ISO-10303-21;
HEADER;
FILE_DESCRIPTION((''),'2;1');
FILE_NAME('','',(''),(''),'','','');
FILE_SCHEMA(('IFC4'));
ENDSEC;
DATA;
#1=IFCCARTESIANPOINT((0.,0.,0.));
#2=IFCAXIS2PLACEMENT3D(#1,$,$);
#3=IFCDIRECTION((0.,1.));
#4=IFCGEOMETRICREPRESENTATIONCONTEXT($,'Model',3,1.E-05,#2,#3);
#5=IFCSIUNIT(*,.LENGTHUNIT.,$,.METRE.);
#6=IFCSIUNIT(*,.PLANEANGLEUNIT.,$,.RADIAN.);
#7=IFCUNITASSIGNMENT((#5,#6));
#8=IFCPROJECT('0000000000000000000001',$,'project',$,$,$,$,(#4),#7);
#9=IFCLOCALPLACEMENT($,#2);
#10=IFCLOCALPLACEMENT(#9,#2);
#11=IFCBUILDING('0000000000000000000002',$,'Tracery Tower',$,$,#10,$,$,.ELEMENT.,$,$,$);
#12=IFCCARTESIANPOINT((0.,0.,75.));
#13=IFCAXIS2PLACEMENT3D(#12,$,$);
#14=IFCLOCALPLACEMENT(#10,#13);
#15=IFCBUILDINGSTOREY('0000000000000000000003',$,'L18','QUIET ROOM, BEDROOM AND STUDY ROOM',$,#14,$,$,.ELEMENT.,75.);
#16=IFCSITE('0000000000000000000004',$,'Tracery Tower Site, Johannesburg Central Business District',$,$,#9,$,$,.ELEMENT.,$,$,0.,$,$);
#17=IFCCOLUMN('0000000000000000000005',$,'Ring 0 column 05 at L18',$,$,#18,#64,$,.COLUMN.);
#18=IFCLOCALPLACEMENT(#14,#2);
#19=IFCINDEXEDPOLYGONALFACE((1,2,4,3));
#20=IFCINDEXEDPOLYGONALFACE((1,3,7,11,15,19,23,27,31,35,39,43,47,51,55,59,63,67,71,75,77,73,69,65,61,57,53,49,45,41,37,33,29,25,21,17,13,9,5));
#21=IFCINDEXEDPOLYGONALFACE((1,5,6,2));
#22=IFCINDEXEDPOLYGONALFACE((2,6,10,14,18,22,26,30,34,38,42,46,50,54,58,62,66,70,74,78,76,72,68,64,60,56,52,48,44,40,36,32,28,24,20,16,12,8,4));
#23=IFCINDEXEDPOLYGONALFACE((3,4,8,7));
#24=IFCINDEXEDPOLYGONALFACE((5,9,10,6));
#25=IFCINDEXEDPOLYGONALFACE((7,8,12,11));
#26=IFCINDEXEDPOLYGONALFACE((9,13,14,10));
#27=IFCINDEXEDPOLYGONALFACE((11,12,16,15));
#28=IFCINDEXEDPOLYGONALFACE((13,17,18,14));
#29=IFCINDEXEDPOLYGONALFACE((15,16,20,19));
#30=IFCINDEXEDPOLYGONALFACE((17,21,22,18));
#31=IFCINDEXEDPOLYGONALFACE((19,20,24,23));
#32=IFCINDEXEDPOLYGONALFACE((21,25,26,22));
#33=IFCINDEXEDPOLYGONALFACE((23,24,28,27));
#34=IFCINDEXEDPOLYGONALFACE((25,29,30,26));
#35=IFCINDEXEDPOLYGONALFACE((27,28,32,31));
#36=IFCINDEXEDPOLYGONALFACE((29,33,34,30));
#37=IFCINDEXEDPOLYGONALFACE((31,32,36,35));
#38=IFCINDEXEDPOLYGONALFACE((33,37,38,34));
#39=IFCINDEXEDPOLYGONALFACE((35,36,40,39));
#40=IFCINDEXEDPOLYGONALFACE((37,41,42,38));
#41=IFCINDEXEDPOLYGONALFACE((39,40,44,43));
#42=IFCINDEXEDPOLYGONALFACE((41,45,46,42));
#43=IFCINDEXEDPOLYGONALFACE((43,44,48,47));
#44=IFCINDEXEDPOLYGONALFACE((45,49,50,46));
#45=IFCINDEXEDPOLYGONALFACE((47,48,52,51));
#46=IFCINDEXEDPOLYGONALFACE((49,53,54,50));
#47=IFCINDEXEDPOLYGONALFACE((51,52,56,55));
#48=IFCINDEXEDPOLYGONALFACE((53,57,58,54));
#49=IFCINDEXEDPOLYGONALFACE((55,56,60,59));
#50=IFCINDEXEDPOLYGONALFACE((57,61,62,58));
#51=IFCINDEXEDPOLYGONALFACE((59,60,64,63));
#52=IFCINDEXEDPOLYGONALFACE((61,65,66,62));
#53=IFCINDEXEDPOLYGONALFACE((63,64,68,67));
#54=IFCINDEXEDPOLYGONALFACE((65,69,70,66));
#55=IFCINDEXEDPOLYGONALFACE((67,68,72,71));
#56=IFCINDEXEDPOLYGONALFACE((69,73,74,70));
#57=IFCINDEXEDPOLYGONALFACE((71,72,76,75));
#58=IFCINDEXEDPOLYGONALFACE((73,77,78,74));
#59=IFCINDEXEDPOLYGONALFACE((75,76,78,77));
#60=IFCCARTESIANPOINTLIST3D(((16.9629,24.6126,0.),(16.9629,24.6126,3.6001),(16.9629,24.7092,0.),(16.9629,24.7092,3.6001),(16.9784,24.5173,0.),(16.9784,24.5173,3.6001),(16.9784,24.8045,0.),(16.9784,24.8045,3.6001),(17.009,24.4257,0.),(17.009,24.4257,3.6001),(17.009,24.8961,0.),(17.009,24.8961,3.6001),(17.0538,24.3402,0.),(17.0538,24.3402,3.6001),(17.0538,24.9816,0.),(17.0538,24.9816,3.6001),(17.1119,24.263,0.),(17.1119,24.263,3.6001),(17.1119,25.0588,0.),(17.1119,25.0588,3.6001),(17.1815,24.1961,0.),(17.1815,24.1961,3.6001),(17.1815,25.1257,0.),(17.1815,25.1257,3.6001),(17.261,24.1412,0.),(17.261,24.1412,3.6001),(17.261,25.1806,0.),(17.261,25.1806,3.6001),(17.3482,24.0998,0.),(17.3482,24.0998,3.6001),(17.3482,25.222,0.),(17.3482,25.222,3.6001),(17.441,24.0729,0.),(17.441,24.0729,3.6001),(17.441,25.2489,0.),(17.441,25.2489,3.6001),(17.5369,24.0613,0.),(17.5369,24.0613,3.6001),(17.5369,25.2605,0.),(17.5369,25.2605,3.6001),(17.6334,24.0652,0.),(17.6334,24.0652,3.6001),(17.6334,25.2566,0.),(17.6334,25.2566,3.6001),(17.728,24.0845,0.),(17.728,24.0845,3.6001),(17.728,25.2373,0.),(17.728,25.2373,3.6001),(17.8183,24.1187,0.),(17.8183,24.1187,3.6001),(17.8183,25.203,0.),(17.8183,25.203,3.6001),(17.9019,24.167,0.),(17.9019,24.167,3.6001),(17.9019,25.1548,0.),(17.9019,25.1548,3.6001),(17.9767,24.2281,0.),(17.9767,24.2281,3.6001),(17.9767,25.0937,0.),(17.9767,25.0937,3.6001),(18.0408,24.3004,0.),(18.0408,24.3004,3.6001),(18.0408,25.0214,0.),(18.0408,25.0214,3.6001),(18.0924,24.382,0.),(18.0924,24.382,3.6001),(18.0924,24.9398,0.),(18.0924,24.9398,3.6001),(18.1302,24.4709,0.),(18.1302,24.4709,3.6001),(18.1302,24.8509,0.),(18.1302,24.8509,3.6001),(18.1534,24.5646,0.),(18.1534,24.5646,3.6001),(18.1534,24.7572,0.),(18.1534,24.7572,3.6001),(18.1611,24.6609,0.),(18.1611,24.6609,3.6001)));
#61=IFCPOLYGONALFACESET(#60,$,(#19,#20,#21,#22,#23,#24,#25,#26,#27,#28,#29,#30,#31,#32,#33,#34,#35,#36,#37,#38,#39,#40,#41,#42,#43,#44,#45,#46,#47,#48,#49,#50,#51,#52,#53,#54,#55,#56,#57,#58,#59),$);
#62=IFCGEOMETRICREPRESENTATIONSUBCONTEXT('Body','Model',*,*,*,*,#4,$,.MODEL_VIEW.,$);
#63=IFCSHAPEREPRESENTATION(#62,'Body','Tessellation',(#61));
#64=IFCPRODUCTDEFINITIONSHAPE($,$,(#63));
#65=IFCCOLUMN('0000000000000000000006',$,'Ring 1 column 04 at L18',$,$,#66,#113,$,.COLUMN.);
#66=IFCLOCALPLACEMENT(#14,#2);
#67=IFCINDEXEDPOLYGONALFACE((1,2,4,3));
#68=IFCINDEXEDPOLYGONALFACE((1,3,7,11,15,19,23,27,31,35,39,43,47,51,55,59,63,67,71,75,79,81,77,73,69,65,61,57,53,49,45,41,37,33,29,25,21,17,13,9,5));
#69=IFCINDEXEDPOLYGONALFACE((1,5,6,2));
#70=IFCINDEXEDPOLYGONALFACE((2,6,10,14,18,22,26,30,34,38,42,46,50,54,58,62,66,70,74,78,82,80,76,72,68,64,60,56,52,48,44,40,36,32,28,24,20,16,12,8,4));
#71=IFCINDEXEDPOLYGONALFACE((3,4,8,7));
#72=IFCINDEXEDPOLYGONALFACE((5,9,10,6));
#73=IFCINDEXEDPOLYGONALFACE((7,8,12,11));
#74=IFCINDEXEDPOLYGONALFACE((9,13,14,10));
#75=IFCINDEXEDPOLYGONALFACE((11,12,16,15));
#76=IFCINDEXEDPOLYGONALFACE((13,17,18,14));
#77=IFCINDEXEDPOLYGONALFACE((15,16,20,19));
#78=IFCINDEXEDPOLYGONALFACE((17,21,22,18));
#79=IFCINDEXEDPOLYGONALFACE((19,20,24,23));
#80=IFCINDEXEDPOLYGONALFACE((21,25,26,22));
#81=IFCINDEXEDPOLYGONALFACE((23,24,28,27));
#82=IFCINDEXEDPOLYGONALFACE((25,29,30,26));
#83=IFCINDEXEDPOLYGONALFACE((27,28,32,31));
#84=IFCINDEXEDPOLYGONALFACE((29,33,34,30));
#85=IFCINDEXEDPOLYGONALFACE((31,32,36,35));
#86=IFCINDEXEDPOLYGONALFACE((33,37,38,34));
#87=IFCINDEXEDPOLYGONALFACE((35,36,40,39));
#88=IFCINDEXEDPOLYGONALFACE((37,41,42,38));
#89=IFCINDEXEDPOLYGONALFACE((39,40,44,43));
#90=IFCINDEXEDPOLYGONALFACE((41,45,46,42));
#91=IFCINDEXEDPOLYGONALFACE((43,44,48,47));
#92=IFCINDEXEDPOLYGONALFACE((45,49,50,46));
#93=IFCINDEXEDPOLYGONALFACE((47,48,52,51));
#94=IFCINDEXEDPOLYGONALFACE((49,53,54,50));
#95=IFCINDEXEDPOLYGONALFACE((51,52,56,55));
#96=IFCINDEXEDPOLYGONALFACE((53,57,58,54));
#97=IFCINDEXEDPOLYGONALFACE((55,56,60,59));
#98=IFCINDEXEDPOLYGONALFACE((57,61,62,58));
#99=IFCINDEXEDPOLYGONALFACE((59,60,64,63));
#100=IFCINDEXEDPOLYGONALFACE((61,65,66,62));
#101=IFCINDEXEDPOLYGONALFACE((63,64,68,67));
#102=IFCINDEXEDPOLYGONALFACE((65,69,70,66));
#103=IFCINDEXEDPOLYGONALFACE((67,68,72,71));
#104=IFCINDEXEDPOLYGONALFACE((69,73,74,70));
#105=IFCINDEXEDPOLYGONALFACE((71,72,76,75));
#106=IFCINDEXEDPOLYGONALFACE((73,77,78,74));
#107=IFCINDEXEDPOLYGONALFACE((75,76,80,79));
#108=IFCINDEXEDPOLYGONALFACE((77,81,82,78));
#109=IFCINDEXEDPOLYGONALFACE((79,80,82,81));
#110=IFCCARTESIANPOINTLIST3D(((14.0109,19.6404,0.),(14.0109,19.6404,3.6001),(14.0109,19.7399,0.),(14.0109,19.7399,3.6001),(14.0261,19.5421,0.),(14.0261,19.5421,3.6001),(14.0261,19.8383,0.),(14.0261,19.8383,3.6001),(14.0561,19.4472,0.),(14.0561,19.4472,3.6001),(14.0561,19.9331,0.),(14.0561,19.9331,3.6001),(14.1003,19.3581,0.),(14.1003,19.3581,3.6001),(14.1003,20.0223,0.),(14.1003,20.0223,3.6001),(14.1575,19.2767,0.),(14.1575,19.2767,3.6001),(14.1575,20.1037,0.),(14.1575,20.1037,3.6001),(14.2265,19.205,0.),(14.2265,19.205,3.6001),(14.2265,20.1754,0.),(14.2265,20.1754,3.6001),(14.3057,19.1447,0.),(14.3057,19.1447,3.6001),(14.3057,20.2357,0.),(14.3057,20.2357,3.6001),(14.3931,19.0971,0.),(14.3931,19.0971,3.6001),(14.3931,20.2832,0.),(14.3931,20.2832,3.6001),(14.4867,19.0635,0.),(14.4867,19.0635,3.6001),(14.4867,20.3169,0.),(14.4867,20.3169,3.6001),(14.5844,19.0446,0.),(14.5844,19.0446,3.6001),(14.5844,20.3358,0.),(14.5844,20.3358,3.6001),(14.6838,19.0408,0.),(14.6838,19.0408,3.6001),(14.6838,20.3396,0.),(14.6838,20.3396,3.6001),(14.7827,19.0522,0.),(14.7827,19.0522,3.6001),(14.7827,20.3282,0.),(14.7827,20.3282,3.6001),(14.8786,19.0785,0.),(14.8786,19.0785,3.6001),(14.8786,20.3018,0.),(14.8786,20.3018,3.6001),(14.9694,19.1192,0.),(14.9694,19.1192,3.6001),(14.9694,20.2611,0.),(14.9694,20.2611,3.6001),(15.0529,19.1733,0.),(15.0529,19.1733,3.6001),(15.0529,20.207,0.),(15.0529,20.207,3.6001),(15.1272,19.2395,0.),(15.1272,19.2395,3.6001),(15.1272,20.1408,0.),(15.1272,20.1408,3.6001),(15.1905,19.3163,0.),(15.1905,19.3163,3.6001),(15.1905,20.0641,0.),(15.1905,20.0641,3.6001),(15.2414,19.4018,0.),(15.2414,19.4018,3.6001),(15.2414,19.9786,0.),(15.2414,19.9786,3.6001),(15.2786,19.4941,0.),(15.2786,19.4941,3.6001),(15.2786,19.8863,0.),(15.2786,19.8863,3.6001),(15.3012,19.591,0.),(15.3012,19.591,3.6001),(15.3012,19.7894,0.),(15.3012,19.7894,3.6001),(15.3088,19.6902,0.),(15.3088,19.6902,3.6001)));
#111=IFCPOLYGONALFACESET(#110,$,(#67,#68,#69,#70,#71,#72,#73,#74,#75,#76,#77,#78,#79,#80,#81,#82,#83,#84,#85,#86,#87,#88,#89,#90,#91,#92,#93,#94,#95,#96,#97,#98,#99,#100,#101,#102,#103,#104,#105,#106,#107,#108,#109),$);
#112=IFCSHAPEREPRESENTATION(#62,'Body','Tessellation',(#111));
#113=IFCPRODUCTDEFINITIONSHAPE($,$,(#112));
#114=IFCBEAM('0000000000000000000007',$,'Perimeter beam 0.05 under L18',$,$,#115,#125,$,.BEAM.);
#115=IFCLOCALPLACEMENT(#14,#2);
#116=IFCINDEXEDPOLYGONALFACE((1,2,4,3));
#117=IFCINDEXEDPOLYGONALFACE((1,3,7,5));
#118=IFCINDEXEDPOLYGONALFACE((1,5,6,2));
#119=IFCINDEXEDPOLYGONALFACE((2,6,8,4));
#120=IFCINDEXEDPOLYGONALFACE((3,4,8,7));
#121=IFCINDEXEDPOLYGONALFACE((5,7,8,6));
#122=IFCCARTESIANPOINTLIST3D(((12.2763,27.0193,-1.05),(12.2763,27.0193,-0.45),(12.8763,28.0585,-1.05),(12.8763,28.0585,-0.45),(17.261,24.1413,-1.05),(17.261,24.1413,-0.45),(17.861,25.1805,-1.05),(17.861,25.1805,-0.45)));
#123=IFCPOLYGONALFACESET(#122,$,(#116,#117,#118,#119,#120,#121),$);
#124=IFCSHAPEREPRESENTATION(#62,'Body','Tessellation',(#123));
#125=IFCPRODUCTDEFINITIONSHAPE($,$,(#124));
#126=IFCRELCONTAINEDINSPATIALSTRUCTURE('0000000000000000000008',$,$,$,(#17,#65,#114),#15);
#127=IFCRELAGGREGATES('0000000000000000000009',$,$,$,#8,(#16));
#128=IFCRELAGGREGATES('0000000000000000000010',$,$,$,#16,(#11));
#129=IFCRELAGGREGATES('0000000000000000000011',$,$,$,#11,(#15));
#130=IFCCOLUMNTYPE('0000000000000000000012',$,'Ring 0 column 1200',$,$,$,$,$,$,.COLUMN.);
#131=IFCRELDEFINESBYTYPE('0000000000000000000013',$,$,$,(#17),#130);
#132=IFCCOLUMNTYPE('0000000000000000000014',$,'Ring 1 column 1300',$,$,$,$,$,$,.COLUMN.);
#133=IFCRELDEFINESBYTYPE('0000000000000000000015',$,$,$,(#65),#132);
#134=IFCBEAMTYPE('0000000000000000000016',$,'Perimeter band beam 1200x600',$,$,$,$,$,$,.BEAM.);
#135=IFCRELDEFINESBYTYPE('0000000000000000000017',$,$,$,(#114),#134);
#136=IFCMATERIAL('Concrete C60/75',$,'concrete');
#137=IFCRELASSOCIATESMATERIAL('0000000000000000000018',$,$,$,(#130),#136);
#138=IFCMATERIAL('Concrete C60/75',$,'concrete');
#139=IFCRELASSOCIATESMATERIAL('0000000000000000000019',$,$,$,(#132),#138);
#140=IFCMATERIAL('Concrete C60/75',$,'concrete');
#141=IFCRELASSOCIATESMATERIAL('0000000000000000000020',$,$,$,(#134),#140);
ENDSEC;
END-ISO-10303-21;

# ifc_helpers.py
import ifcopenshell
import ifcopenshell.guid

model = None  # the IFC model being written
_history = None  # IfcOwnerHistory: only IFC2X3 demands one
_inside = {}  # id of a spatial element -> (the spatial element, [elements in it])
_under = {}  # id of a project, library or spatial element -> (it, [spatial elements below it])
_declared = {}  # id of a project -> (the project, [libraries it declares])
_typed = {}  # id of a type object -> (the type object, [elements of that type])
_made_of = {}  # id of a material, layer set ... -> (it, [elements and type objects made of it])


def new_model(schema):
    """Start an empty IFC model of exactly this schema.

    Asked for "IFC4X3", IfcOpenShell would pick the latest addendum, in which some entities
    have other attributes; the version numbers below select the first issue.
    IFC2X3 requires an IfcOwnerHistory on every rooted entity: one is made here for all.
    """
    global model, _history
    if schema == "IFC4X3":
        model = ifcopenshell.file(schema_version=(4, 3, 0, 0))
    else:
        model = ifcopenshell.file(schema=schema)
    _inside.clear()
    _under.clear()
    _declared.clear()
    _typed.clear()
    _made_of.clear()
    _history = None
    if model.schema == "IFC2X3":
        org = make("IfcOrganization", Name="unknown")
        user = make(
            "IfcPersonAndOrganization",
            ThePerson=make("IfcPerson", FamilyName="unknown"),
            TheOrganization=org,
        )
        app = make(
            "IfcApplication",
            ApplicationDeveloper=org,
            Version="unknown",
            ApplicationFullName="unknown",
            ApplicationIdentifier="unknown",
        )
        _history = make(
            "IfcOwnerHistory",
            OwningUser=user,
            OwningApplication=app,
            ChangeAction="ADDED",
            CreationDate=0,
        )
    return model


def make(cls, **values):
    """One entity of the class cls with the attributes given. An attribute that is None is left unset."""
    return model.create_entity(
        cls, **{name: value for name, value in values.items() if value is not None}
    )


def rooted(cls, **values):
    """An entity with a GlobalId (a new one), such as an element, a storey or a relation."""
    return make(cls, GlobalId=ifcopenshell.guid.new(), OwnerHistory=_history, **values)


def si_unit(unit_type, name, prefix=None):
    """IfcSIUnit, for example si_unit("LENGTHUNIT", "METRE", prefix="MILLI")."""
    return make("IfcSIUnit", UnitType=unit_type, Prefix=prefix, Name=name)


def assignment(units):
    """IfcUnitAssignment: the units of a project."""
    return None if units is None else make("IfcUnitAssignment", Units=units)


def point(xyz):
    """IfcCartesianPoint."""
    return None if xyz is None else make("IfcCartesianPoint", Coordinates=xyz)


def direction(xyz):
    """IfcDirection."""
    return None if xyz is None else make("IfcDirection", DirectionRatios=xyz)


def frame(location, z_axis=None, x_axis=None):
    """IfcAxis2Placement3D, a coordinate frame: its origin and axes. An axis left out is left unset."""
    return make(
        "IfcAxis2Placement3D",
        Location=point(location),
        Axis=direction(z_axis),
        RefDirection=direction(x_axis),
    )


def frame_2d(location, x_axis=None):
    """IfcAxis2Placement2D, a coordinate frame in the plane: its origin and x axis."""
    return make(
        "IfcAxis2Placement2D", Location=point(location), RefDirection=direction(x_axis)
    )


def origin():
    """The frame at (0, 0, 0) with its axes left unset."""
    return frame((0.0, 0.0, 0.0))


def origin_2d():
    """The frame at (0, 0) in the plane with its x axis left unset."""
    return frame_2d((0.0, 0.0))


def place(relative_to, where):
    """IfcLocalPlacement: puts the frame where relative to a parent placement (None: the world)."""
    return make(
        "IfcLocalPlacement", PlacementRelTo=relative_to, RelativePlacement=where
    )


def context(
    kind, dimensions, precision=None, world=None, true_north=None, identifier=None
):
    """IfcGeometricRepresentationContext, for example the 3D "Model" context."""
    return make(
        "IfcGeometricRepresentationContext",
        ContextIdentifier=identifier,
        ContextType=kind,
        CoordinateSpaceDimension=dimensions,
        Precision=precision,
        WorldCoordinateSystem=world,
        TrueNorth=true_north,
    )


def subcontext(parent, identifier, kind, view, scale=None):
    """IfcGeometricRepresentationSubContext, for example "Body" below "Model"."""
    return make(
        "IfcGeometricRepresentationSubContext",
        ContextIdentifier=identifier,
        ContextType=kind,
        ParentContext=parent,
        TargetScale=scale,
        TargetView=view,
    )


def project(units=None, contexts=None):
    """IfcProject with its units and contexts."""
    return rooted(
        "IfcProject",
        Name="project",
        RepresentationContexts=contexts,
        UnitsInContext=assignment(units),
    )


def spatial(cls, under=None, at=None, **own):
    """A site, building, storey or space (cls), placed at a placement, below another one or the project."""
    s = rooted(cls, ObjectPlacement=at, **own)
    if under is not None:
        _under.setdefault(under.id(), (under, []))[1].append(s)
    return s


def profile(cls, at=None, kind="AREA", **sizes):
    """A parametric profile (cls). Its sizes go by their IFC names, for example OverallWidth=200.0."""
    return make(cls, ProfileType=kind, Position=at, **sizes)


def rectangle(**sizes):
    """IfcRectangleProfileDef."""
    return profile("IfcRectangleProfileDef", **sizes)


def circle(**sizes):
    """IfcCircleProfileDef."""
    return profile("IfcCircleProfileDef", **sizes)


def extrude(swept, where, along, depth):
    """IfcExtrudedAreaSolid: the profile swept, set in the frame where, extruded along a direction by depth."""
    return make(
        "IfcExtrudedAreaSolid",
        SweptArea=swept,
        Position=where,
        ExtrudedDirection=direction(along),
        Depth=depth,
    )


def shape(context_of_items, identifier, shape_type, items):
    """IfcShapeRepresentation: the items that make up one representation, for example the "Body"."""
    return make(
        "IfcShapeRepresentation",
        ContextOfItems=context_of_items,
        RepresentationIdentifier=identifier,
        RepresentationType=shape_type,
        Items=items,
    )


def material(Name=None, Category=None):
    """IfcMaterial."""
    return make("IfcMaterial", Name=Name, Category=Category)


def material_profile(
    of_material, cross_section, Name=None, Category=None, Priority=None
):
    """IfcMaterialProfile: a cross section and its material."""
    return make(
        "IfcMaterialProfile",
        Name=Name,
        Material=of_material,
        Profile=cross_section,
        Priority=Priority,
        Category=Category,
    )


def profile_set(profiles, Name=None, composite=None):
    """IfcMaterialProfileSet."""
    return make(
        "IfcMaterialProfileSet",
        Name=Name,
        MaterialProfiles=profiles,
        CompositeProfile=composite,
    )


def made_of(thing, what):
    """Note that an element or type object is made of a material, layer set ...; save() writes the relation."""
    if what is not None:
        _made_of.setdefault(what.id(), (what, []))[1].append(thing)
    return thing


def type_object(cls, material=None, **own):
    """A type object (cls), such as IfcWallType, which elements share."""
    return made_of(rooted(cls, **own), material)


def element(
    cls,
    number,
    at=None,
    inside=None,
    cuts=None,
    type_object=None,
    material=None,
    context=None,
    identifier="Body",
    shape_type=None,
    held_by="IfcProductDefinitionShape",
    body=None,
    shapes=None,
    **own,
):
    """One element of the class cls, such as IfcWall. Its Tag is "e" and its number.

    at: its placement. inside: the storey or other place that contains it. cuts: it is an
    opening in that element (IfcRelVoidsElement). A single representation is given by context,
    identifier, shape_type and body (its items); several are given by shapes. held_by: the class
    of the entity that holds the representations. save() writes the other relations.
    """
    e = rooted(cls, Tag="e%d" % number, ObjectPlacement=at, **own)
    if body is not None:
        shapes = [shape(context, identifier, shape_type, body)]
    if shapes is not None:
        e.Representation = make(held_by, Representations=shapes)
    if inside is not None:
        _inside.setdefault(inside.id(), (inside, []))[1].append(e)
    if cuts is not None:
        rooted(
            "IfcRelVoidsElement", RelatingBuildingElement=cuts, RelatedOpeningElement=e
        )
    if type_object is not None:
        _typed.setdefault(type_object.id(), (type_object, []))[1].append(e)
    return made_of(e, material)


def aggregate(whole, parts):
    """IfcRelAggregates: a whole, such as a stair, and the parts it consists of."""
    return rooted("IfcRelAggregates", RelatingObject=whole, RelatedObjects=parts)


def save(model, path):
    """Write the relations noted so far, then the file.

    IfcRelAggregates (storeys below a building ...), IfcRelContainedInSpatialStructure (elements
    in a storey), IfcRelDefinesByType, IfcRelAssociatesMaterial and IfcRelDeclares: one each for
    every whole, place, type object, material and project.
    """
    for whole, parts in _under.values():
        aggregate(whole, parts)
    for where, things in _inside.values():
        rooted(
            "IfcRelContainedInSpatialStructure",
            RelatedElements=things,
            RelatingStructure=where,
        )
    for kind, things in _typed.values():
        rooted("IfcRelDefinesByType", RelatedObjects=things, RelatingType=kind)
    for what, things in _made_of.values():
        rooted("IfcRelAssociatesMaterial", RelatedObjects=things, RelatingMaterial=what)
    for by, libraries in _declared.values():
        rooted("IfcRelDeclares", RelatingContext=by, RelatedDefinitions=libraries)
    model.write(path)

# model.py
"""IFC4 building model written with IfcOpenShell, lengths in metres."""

from ifc_helpers import new_model, si_unit, direction, frame, origin, origin_2d, place, context, subcontext, project, spatial, rectangle, circle, extrude, material, material_profile, profile_set, type_object, element, save


model = new_model("IFC4")

# Units and contexts
model_context = context("Model", 3, precision=1e-05, world=origin(), true_north=direction((0.0, 1.0)))
body_context = subcontext(model_context, "Body", "Model", "MODEL_VIEW")
ifc_project = project(units=[si_unit("LENGTHUNIT", "METRE"), si_unit("PLANEANGLEUNIT", "RADIAN")], contexts=[model_context])

# Site, building, storey
site_placement = place(None, origin())
site = spatial("IfcSite", under=ifc_project, at=site_placement, Name="Tracery Tower Site, Johannesburg Central Business District", CompositionType="ELEMENT", RefElevation=0.0)
building_placement = place(site_placement, origin())
building = spatial("IfcBuilding", under=site, at=building_placement, Name="Tracery Tower", CompositionType="ELEMENT")
storey_placement = place(building_placement, frame((0.0, 0.0, 75.0)))
storey = spatial("IfcBuildingStorey", under=building, at=storey_placement, Name="L18", Description="QUIET ROOM, BEDROOM AND STUDY ROOM", CompositionType="ELEMENT", Elevation=75.0)

# Columns
ifc_material_1 = material(Name="Concrete C60/75", Category="concrete")
ifc_material_profile_1 = material_profile(ifc_material_1, circle(Radius=0.6001, at=origin_2d()), Name="RC D1200")
ifc_profile_set_1 = profile_set([ifc_material_profile_1], Name="Concrete C60/75")
column_type_1 = type_object("IfcColumnType", Name="Ring 0 column 1200", PredefinedType="COLUMN", material=ifc_profile_set_1)
column_1_placement = place(storey_placement, frame((17.561, 24.6609, 0.0), z_axis=(0.0, 0.0, 1.0), x_axis=(1.0, 0.0, 0.0)))
element("IfcColumn", 1, at=column_1_placement, inside=storey, type_object=column_type_1, Name="Ring 0 column 05 at L18", PredefinedType="COLUMN", context=body_context, shape_type="SweptSolid", body=[
    extrude(circle(Radius=0.6001, at=origin_2d()), origin(), (0.0, 0.0, 1.0), 3.6001),
])
ifc_material_2 = material(Name="Concrete C60/75", Category="concrete")
ifc_material_profile_2 = material_profile(ifc_material_2, circle(Radius=0.6499, at=origin_2d()), Name="RC D1300")
ifc_profile_set_2 = profile_set([ifc_material_profile_2], Name="Concrete C60/75")
column_type_2 = type_object("IfcColumnType", Name="Ring 1 column 1300", PredefinedType="COLUMN", material=ifc_profile_set_2)
column_2_placement = place(storey_placement, frame((14.6589, 19.6902, 0.0), z_axis=(0.0, 0.0, 1.0), x_axis=(1.0, 0.0, 0.0)))
element("IfcColumn", 2, at=column_2_placement, inside=storey, type_object=column_type_2, Name="Ring 1 column 04 at L18", PredefinedType="COLUMN", context=body_context, shape_type="SweptSolid", body=[
    extrude(circle(Radius=0.6499, at=origin_2d()), origin(), (0.0, 0.0, 1.0), 3.6001),
])

# Beam
ifc_material_3 = material(Name="Concrete C60/75", Category="concrete")
ifc_material_profile_3 = material_profile(ifc_material_3, rectangle(XDim=1.2, YDim=0.6001, at=origin_2d()), Name="RC 1200x600")
ifc_profile_set_3 = profile_set([ifc_material_profile_3], Name="Concrete C60/75")
beam_type = type_object("IfcBeamType", Name="Perimeter band beam 1200x600", PredefinedType="BEAM", material=ifc_profile_set_3)
beam_placement = place(storey_placement, frame((17.561, 24.6609, -0.75), z_axis=(-0.866021, 0.500008, 0.0), x_axis=(-0.500008, -0.866021, 0.0)))
element("IfcBeam", 3, at=beam_placement, inside=storey, type_object=beam_type, Name="Perimeter beam 0.05 under L18", PredefinedType="BEAM", context=body_context, shape_type="SweptSolid", body=[
    extrude(rectangle(XDim=1.2, YDim=0.6001, at=origin_2d()), origin(), (0.0, 0.0, 1.0), 5.7559),
])

save(model, "model.ifc")
